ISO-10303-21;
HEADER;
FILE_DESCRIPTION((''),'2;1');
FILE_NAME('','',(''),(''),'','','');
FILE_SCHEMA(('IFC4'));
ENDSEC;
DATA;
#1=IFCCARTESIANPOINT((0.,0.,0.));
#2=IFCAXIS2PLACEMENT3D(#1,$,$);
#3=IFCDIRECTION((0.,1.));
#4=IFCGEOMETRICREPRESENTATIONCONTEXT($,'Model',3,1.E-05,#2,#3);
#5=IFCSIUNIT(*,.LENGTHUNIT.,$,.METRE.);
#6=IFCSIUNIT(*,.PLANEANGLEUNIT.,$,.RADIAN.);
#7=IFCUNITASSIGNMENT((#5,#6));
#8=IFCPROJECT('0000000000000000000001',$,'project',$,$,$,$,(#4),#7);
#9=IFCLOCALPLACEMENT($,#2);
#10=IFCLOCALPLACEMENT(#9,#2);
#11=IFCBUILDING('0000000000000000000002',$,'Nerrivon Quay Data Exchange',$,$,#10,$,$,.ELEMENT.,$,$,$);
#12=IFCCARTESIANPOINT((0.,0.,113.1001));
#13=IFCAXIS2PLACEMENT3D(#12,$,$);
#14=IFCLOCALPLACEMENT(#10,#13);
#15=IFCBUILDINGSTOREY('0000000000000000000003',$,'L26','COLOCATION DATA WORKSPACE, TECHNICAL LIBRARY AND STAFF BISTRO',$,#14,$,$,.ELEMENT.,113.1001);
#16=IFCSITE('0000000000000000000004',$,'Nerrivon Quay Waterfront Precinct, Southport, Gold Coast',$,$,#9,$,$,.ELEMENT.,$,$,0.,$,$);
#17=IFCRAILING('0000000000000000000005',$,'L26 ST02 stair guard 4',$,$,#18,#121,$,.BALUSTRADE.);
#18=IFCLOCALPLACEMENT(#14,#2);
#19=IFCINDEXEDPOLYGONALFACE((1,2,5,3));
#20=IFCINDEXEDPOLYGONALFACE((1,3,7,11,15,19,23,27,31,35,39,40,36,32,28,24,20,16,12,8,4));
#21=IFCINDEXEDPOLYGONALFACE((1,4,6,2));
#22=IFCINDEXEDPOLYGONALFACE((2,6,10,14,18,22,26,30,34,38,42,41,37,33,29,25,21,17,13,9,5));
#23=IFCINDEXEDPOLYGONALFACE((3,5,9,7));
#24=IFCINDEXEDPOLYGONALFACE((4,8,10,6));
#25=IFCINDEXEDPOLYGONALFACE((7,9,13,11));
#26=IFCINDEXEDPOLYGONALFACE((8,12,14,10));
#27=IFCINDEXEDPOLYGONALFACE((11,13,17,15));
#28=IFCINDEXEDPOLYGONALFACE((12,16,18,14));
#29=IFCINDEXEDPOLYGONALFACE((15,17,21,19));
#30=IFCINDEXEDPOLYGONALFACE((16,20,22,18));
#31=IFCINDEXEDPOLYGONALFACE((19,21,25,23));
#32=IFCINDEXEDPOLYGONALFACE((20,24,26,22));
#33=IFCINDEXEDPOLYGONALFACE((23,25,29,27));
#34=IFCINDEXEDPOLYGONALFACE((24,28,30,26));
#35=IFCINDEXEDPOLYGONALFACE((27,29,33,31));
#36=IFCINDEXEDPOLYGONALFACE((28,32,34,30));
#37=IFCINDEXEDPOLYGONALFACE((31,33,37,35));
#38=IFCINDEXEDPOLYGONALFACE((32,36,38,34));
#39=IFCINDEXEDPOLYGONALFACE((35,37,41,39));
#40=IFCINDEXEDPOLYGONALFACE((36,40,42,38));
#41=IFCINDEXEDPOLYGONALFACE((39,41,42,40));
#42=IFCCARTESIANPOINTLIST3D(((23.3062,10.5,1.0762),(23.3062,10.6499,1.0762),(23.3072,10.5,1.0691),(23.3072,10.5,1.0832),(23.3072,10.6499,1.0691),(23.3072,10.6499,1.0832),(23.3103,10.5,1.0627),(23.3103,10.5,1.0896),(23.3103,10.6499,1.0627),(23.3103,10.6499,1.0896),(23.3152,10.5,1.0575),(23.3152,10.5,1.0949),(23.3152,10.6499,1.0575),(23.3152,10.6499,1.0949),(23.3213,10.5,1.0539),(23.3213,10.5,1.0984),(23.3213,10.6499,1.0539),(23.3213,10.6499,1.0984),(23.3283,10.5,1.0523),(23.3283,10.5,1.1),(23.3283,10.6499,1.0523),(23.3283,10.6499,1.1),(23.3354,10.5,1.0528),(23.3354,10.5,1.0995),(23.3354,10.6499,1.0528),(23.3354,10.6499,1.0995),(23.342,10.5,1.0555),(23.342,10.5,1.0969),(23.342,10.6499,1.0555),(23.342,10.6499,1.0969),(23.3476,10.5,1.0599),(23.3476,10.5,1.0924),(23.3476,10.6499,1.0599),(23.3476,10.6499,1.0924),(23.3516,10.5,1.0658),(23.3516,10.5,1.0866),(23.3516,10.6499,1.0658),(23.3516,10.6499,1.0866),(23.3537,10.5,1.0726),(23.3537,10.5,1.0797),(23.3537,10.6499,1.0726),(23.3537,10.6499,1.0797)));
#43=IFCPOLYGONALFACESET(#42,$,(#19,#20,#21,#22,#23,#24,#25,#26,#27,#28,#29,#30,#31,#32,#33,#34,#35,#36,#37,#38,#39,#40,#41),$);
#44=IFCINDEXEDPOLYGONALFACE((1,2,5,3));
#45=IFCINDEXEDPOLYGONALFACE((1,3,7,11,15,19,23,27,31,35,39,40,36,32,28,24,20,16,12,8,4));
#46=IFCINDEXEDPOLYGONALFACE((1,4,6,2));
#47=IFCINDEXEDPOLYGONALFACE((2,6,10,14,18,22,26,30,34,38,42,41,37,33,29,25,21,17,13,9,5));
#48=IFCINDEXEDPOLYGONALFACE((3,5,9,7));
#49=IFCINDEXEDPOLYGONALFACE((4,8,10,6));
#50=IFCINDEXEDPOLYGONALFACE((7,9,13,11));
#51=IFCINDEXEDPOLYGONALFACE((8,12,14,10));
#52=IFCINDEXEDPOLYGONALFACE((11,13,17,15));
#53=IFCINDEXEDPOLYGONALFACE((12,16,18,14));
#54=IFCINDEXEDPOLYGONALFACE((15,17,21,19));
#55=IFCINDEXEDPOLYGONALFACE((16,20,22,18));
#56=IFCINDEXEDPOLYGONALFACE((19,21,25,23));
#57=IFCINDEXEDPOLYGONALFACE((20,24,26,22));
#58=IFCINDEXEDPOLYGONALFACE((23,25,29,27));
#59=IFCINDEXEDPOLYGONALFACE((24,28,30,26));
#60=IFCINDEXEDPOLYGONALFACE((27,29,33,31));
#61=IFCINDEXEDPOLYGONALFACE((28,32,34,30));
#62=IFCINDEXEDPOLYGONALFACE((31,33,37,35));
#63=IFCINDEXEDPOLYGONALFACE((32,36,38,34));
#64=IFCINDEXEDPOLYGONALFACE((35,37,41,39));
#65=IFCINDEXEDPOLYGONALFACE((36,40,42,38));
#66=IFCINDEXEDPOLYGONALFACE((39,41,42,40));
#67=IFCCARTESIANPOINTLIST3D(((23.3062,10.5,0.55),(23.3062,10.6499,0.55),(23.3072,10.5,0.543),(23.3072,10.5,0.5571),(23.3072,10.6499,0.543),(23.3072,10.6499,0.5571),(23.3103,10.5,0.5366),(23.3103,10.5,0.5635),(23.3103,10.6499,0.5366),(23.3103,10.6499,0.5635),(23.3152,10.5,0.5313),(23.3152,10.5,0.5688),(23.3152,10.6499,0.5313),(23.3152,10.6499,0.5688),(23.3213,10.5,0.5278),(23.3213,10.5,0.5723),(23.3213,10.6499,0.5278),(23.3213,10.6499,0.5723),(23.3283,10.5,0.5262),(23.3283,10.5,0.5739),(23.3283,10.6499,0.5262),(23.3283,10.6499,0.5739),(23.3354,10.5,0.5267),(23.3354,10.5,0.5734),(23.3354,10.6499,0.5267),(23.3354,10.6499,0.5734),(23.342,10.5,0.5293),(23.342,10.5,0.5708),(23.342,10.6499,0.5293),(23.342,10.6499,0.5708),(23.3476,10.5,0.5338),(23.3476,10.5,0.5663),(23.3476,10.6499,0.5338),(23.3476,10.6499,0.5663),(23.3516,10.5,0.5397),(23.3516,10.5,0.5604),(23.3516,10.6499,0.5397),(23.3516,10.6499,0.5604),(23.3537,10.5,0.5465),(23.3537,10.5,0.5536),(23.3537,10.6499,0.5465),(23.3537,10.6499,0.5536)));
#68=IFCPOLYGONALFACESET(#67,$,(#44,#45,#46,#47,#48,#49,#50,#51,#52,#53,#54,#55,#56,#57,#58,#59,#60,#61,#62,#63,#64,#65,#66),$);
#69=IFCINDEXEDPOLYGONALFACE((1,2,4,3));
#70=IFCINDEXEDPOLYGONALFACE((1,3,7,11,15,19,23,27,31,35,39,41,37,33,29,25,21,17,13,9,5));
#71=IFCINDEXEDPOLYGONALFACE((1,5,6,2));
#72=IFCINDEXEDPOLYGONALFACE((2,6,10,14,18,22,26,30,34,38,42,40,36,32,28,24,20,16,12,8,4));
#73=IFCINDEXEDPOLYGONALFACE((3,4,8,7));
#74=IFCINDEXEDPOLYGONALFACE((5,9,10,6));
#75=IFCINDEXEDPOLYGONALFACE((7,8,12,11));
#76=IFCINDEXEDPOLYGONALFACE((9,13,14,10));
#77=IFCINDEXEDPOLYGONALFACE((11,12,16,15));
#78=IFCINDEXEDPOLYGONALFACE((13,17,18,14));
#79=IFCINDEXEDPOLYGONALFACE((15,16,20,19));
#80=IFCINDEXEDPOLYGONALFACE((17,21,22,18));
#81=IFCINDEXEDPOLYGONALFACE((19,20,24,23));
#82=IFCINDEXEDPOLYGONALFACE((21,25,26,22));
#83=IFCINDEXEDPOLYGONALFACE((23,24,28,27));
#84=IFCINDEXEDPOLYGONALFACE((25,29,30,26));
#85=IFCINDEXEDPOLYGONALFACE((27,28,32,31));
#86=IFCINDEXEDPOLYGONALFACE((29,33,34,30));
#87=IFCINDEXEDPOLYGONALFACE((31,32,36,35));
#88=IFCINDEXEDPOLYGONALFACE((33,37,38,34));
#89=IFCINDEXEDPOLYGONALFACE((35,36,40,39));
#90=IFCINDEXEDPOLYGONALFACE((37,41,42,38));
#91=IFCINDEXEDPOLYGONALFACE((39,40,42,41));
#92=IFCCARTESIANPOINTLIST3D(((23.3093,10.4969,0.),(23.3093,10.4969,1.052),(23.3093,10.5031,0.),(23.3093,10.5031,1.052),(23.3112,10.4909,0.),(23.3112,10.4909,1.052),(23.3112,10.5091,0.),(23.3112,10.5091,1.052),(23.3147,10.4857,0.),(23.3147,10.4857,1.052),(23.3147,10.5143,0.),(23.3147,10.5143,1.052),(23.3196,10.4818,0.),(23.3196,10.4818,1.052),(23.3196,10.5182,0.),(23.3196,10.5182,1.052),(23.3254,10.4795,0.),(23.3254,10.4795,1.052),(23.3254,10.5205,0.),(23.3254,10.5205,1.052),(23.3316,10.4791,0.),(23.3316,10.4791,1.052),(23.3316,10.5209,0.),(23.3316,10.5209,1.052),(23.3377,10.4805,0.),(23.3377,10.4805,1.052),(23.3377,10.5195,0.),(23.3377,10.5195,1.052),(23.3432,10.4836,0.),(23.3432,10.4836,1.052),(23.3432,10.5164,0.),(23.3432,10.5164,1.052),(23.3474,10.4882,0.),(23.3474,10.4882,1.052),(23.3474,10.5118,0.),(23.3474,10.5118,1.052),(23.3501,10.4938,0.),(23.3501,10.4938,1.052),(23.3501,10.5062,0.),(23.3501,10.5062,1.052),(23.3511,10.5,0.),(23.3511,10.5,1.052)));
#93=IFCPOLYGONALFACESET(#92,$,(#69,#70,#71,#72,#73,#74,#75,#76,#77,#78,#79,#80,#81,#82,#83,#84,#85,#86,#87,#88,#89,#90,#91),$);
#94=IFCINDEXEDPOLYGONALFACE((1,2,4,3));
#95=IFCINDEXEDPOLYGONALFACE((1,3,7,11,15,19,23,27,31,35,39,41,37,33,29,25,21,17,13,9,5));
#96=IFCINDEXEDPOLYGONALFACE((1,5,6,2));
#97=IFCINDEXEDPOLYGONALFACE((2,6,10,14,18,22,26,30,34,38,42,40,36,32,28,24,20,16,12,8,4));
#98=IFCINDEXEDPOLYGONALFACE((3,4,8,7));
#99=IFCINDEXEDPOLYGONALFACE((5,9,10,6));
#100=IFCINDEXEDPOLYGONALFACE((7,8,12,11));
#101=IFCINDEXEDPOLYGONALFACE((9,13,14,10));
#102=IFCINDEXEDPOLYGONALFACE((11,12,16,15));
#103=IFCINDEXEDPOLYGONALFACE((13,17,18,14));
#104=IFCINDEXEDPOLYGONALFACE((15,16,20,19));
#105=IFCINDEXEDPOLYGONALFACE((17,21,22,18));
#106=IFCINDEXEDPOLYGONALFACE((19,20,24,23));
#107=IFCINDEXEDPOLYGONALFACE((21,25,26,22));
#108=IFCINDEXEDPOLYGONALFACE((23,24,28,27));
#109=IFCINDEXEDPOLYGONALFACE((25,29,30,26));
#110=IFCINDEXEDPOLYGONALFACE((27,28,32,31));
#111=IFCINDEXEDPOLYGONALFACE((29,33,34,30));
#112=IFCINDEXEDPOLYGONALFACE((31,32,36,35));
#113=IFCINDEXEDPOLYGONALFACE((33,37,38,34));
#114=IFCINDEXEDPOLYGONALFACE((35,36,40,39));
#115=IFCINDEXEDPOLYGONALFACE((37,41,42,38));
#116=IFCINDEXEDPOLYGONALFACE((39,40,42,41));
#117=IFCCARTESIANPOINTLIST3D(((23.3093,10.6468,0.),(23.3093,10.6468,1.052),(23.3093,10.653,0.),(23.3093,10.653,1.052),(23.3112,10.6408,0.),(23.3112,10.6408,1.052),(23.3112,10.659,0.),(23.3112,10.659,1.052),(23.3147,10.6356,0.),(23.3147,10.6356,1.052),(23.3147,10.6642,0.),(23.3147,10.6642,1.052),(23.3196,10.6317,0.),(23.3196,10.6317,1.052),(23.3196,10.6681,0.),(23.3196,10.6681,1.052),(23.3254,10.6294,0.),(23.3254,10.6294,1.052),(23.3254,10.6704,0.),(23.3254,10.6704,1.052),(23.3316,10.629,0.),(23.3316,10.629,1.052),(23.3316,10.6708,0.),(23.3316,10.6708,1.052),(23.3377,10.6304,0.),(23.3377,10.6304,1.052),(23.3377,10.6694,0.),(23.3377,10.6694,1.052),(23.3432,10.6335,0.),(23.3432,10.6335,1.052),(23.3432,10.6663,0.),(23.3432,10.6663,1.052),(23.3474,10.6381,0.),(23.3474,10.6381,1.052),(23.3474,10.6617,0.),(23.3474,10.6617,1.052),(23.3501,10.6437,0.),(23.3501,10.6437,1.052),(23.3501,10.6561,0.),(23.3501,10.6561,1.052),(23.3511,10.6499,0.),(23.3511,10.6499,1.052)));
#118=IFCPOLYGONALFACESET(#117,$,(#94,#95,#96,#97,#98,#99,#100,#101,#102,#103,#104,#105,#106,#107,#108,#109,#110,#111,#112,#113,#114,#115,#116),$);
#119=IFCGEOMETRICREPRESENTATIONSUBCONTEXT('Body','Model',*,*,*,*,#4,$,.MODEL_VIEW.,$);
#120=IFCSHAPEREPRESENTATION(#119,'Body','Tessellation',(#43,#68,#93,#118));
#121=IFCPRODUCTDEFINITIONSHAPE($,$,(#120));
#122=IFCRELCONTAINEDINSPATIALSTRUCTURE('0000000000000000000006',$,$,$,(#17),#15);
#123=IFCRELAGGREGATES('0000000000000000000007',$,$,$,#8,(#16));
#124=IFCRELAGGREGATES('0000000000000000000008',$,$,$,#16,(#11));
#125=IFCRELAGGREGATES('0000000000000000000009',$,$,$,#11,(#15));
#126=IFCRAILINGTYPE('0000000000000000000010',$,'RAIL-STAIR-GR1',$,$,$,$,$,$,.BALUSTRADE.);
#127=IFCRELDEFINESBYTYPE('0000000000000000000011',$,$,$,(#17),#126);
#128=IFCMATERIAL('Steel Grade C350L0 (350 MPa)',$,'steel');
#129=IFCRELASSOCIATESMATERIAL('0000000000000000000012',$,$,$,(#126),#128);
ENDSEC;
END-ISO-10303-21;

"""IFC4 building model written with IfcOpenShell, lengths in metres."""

from ifc_helpers import new_model, si_unit, direction, frame, origin, origin_2d, place, context, subcontext, project, spatial, circle, extrude, material, type_object, element, save


model = new_model("IFC4")

# Units and contexts
model_context = context("Model", 3, precision=1e-05, world=origin(), true_north=direction((0.0, 1.0)))
body_context = subcontext(model_context, "Body", "Model", "MODEL_VIEW")
ifc_project = project(units=[si_unit("LENGTHUNIT", "METRE"), si_unit("PLANEANGLEUNIT", "RADIAN")], contexts=[model_context])

# Site, building, storey
site_placement = place(None, origin())
site = spatial("IfcSite", under=ifc_project, at=site_placement, Name="Nerrivon Quay Waterfront Precinct, Southport, Gold Coast", CompositionType="ELEMENT", RefElevation=0.0)
building_placement = place(site_placement, origin())
building = spatial("IfcBuilding", under=site, at=building_placement, Name="Nerrivon Quay Data Exchange", CompositionType="ELEMENT")
storey_placement = place(building_placement, frame((0.0, 0.0, 113.1001)))
storey = spatial("IfcBuildingStorey", under=building, at=storey_placement, Name="L26", Description="COLOCATION DATA WORKSPACE, TECHNICAL LIBRARY AND STAFF BISTRO", CompositionType="ELEMENT", Elevation=113.1001)

# Railing
ifc_material_1 = material(Name="Steel Grade C350L0 (350 MPa)", Category="steel")
railing_type_1 = type_object("IfcRailingType", Name="RAIL-STAIR-GR1", PredefinedType="BALUSTRADE", material=ifc_material_1)
railing_1_placement = place(storey_placement, frame((23.3301, 10.5, 0.0)))
element("IfcRailing", 1, at=railing_1_placement, inside=storey, type_object=railing_type_1, Name="L26 ST02 stair guard 4", PredefinedType="BALUSTRADE", context=body_context, shape_type="SweptSolid", body=[
    extrude(circle(Radius=0.0239, at=origin_2d()), frame((0.0, 0.0, 1.0762), z_axis=(0.0, 1.0, 0.0), x_axis=(-1.0, 0.0, 0.0)), (0.0, 0.0, 1.0), 0.1499),
    extrude(circle(Radius=0.0239, at=origin_2d()), frame((0.0, 0.0, 0.55), z_axis=(0.0, 1.0, 0.0), x_axis=(-1.0, 0.0, 0.0)), (0.0, 0.0, 1.0), 0.1499),
    extrude(circle(Radius=0.021, at=origin_2d()), origin(), (0.0, 0.0, 1.0), 1.052),
    extrude(circle(Radius=0.021, at=origin_2d()), frame((0.0, 0.1499, 0.0)), (0.0, 0.0, 1.0), 1.052),
])

save(model, "model.ifc")
